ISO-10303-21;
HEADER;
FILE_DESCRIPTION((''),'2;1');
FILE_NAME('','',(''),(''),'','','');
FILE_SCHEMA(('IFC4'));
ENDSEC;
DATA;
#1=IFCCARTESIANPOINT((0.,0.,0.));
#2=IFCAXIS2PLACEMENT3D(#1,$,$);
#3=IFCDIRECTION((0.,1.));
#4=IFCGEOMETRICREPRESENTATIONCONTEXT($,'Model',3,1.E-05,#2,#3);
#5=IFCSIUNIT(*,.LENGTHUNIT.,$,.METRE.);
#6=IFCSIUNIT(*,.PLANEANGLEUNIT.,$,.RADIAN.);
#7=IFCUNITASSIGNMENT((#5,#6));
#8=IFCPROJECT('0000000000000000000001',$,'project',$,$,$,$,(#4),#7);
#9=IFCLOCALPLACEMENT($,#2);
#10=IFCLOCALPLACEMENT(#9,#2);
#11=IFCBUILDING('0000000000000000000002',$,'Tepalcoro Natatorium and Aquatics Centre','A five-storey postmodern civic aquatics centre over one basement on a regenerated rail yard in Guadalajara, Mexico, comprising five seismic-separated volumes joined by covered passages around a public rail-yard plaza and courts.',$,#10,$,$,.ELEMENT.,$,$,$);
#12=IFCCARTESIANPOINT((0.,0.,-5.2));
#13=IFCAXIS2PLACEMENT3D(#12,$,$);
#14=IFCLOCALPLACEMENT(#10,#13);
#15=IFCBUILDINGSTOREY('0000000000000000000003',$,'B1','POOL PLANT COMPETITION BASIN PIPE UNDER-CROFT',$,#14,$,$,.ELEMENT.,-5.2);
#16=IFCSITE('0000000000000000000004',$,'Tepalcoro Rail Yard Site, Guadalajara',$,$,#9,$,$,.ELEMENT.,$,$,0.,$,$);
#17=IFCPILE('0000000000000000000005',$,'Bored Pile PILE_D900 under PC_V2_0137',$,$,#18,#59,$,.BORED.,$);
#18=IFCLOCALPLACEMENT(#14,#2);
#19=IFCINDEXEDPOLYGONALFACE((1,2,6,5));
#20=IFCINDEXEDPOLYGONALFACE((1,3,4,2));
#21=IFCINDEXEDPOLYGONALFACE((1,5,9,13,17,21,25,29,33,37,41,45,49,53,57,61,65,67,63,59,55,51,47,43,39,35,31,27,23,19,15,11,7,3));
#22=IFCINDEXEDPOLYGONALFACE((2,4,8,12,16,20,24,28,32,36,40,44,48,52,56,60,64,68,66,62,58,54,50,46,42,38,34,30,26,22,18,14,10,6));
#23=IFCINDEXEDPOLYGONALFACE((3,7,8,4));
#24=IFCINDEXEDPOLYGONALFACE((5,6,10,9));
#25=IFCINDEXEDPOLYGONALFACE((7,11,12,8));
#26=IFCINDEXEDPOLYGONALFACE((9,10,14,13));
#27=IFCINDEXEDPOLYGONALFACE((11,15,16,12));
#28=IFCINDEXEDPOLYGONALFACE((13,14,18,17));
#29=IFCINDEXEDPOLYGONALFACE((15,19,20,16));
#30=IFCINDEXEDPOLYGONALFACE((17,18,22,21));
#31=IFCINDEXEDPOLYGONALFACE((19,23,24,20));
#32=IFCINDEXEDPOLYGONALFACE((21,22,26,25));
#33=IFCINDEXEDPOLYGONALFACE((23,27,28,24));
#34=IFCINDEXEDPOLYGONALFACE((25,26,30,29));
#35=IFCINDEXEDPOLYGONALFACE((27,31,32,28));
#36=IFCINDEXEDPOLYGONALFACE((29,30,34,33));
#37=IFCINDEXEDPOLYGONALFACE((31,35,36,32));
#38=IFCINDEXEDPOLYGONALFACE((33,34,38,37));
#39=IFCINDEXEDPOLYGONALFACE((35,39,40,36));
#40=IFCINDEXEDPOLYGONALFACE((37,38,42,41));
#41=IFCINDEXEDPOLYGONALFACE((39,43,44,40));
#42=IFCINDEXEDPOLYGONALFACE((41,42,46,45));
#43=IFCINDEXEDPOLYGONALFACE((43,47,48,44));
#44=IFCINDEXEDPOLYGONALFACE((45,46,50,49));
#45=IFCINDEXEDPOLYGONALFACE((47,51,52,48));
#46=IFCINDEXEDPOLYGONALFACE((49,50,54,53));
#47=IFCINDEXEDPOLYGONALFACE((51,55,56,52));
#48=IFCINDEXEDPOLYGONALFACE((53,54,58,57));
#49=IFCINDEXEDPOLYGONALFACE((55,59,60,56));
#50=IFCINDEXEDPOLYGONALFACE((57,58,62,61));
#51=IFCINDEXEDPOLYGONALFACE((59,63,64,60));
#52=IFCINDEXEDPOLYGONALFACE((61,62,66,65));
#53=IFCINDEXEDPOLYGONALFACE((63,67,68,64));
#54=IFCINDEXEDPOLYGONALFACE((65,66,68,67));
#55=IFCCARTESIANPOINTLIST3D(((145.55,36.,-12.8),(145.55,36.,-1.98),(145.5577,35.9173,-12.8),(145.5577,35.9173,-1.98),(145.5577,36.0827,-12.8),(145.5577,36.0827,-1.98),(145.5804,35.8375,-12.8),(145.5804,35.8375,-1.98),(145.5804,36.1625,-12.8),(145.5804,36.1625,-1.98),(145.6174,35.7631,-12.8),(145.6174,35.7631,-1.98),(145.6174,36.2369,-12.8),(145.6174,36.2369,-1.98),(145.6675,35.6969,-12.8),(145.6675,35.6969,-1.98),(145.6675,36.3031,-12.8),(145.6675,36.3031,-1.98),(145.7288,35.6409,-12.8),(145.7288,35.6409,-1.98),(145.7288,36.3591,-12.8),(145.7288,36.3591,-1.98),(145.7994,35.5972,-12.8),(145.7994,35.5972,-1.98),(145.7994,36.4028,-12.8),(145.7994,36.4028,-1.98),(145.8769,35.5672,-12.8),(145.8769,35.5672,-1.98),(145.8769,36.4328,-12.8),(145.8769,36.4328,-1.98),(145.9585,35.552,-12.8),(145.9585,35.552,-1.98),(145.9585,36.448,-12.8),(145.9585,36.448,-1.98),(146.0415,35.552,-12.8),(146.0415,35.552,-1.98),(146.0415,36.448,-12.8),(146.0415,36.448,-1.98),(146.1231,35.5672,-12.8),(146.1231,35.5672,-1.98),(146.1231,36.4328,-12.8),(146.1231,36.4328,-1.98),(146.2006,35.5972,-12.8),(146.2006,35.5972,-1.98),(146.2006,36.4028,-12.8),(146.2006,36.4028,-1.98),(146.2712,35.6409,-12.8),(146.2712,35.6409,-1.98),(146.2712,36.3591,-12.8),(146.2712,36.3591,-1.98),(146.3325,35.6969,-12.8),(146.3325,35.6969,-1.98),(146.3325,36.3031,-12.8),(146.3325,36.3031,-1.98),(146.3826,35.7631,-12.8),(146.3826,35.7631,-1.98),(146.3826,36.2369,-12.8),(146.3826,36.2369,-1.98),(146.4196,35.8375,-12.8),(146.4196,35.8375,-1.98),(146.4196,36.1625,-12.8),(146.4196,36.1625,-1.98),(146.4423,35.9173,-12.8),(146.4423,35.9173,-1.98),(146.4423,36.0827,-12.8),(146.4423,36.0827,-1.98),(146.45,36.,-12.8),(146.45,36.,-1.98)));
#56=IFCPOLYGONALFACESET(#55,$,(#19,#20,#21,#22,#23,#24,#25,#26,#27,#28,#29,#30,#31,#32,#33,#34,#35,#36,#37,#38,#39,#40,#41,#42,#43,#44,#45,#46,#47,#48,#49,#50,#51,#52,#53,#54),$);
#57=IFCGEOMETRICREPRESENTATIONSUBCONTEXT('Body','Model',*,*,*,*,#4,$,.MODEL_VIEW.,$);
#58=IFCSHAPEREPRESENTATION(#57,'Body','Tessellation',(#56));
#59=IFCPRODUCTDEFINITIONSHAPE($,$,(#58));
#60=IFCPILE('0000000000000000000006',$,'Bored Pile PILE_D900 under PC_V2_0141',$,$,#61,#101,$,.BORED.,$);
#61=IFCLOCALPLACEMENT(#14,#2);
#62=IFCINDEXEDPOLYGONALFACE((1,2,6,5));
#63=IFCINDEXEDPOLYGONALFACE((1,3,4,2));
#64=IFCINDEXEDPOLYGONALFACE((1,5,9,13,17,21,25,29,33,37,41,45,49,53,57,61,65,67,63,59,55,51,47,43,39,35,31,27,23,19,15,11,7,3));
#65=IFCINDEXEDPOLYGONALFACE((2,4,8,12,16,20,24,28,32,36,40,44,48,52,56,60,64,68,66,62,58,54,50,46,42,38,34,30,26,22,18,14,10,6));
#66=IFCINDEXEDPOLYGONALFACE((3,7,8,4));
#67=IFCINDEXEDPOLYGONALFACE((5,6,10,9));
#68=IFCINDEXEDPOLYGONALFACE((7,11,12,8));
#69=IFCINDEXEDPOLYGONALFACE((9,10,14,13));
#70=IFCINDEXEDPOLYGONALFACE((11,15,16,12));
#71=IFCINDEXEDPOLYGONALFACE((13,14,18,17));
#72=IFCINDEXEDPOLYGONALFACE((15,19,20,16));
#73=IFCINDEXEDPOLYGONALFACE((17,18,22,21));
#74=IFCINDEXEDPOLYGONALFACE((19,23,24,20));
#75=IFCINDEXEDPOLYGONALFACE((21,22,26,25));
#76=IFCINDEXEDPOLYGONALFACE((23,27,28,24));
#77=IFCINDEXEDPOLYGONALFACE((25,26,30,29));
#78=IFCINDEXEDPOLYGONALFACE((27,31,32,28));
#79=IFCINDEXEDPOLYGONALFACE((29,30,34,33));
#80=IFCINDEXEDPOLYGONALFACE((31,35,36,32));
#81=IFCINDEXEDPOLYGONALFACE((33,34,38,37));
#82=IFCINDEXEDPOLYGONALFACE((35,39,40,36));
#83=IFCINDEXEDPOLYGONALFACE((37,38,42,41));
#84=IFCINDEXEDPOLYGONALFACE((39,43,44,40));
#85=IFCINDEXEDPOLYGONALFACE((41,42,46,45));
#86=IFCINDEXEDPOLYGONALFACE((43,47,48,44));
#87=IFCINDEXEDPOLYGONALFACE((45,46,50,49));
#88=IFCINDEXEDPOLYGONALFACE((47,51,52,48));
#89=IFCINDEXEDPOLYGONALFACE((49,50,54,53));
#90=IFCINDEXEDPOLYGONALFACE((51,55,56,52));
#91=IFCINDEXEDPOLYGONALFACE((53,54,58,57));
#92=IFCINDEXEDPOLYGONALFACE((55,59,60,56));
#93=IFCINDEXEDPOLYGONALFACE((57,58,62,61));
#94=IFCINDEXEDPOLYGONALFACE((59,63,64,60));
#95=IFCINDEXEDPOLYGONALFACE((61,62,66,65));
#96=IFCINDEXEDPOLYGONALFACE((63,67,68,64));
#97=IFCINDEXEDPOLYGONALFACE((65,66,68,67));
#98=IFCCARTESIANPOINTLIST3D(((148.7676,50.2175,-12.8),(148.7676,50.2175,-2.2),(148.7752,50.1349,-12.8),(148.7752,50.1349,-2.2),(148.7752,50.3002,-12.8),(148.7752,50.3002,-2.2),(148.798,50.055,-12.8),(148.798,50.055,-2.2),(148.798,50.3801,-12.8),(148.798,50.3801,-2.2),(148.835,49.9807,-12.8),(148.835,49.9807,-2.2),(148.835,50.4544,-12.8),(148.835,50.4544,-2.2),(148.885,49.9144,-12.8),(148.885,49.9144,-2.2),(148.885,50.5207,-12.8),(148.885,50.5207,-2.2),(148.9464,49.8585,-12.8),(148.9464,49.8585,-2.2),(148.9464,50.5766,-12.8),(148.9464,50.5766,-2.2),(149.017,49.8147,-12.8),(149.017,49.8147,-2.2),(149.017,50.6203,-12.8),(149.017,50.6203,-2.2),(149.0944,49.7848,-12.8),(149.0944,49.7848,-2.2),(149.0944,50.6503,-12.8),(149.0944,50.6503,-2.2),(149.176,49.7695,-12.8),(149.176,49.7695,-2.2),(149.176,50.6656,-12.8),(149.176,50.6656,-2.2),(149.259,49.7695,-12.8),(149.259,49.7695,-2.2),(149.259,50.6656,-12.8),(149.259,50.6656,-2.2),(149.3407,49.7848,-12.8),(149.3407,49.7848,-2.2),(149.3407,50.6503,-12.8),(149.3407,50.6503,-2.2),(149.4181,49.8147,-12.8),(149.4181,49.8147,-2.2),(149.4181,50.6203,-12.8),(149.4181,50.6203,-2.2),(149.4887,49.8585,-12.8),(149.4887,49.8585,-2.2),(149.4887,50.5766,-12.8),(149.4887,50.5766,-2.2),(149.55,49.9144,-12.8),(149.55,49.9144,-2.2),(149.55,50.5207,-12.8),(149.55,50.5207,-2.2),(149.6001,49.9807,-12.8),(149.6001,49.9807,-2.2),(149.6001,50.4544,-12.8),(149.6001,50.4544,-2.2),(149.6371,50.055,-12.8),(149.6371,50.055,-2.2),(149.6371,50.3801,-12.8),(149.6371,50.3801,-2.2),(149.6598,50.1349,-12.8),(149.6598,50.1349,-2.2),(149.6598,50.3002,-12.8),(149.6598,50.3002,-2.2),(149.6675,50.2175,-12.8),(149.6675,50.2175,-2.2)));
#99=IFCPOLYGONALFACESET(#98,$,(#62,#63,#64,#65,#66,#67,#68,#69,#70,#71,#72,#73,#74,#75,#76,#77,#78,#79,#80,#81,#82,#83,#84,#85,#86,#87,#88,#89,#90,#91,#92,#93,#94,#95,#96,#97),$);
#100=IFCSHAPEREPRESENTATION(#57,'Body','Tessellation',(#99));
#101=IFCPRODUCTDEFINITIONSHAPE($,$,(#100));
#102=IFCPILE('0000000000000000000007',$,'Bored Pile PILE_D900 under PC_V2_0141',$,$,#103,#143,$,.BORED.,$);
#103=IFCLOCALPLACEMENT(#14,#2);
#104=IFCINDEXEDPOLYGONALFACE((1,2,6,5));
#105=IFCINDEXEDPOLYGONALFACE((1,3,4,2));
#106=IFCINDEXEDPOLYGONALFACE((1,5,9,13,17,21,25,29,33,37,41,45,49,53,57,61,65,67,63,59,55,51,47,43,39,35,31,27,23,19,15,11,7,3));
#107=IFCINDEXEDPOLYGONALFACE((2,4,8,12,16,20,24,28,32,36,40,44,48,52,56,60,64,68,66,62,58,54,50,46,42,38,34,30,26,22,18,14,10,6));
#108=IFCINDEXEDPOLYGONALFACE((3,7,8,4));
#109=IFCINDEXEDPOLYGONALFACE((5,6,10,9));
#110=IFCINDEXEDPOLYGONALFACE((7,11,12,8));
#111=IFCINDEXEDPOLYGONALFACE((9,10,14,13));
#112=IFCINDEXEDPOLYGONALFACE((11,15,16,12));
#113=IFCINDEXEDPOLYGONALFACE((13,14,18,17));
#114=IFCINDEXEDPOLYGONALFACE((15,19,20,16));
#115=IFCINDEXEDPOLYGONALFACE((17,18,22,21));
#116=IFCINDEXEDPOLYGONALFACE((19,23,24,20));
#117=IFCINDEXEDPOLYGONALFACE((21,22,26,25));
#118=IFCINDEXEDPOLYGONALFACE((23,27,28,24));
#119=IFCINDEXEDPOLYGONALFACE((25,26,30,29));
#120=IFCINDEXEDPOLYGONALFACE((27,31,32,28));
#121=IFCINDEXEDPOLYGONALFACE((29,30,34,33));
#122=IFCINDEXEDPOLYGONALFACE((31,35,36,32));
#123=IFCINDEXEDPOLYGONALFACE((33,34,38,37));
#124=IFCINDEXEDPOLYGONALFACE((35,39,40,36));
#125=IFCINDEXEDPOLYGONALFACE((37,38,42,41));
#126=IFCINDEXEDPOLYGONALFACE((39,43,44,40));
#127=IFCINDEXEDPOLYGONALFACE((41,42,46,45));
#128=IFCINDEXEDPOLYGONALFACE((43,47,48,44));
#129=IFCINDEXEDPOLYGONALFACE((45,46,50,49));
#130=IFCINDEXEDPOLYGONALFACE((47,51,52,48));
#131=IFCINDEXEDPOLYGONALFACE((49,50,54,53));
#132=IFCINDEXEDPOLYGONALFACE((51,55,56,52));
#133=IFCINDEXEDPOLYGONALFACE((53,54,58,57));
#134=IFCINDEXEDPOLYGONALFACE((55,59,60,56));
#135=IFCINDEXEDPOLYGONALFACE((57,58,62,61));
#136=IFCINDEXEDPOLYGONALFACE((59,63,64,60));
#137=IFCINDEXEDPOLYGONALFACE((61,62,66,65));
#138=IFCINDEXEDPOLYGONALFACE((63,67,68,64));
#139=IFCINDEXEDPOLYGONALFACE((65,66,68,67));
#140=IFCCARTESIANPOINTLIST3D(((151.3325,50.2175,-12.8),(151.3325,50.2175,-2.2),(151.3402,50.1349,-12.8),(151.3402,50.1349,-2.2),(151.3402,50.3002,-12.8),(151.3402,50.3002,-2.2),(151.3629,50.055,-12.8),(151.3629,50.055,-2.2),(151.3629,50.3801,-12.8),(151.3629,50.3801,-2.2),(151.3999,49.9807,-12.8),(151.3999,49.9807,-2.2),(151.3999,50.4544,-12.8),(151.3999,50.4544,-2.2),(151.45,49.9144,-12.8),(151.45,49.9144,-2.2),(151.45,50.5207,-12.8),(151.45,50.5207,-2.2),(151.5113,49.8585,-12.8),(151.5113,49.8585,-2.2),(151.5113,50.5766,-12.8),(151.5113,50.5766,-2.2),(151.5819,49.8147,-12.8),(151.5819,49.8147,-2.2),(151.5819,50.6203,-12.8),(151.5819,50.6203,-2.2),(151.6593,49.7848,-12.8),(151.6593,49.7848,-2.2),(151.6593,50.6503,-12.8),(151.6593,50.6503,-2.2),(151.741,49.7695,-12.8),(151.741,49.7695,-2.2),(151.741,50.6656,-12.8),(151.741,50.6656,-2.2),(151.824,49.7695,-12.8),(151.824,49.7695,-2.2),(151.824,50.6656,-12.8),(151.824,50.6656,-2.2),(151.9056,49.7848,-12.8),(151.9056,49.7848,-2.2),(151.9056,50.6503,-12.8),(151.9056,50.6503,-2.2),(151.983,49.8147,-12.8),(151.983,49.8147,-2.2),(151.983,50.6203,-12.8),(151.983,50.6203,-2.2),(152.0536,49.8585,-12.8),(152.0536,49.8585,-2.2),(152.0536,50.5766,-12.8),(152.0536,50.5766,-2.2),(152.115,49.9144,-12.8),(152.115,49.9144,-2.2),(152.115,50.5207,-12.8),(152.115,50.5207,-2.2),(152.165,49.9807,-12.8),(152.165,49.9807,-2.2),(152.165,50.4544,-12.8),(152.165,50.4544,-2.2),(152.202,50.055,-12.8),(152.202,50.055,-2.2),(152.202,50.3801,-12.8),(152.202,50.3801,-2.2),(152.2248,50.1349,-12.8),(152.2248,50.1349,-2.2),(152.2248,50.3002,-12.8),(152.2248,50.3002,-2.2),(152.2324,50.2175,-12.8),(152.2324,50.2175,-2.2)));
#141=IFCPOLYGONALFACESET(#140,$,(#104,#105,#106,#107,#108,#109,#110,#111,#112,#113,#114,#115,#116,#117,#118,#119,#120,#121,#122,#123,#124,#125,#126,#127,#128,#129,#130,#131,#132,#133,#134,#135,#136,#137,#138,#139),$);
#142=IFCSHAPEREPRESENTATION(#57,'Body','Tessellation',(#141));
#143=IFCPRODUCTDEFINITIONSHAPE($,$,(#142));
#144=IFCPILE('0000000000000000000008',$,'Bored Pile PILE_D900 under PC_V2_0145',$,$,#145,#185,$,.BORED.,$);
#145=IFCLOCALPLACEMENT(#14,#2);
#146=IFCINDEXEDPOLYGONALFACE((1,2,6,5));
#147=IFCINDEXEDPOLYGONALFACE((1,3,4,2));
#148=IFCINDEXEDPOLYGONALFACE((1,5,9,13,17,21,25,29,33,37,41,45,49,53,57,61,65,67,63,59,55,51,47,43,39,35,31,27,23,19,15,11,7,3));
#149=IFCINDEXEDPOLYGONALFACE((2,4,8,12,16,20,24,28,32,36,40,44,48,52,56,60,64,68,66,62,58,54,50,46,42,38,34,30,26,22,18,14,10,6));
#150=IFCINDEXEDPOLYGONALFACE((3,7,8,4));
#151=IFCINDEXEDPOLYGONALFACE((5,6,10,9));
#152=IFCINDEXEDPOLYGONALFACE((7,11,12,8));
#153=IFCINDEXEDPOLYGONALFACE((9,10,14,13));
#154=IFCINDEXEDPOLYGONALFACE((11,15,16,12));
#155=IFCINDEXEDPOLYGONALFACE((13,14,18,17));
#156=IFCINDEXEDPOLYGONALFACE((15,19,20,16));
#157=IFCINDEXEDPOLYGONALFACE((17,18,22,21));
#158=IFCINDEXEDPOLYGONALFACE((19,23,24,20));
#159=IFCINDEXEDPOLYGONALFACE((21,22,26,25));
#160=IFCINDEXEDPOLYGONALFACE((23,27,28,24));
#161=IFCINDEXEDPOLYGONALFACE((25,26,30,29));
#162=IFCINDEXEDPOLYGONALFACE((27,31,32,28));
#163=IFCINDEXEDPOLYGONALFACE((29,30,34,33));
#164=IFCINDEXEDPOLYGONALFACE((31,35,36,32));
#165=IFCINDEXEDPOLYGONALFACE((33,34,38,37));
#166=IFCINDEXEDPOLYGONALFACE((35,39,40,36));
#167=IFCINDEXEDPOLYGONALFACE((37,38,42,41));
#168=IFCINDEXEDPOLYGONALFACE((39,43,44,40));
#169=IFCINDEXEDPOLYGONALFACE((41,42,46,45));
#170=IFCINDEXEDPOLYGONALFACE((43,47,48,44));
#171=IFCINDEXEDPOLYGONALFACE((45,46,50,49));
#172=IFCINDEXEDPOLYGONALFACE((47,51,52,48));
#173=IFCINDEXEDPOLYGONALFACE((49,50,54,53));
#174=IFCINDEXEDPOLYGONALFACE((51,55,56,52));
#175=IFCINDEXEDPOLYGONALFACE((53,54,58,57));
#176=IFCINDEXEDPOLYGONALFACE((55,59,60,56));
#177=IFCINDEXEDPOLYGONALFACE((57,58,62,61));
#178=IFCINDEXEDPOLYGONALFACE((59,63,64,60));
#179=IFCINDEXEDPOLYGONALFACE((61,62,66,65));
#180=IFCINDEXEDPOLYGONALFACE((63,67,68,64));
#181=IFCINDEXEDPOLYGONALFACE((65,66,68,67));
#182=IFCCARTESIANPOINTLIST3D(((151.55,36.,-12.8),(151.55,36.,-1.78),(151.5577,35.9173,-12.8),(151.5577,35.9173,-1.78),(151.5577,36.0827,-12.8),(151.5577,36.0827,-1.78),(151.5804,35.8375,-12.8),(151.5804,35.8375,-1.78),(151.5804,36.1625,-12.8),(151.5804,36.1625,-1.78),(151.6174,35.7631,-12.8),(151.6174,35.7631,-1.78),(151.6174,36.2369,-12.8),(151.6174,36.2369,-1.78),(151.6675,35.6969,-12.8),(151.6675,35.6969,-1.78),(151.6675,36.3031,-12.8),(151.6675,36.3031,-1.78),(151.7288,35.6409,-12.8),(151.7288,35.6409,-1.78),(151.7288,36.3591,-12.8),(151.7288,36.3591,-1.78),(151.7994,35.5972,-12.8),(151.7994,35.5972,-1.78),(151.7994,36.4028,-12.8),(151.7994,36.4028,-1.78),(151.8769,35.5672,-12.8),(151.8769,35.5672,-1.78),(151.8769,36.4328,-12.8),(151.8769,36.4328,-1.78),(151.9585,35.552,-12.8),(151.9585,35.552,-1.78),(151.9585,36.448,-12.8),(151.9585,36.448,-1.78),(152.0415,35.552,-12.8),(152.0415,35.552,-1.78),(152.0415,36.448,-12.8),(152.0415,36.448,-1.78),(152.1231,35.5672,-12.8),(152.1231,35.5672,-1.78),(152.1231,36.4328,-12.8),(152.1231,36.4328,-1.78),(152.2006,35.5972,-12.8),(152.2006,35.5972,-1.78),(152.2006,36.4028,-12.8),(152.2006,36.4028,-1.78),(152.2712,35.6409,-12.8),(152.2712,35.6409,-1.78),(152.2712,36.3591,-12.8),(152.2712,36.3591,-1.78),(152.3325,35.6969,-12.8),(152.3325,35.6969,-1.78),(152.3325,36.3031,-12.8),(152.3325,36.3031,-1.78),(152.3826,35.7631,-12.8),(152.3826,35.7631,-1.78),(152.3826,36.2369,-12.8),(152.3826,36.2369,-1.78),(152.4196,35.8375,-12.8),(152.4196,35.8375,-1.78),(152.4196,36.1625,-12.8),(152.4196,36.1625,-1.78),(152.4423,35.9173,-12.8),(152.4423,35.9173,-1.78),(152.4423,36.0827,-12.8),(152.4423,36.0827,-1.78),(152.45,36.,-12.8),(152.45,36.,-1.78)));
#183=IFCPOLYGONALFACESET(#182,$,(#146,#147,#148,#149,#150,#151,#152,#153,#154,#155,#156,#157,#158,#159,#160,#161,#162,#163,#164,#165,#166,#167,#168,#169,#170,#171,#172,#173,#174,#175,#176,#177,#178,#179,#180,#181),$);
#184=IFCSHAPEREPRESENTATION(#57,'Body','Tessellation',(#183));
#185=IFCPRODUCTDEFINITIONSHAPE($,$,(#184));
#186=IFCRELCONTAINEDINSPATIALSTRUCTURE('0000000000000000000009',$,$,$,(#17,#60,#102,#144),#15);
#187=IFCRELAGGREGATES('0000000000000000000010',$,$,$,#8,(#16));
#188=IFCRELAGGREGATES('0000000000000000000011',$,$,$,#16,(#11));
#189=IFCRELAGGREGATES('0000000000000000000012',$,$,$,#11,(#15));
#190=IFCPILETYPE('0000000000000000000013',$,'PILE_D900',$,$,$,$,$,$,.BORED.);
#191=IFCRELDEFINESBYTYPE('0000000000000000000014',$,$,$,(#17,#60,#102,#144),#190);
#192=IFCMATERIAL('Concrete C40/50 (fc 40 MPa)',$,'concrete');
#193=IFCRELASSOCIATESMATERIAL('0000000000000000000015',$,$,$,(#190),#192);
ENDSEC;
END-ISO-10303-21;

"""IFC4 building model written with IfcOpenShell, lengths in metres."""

from ifc_helpers import new_model, si_unit, direction, frame, origin, origin_2d, place, context, subcontext, project, spatial, circle, extrude, material, material_profile, profile_set, type_object, element, save


model = new_model("IFC4")

# Units and contexts
model_context = context("Model", 3, precision=1e-05, world=origin(), true_north=direction((0.0, 1.0)))
body_context = subcontext(model_context, "Body", "Model", "MODEL_VIEW")
ifc_project = project(units=[si_unit("LENGTHUNIT", "METRE"), si_unit("PLANEANGLEUNIT", "RADIAN")], contexts=[model_context])

# Site, building, storey
site_placement = place(None, origin())
site = spatial("IfcSite", under=ifc_project, at=site_placement, Name="Tepalcoro Rail Yard Site, Guadalajara", CompositionType="ELEMENT", RefElevation=0.0)
building_placement = place(site_placement, origin())
building = spatial("IfcBuilding", under=site, at=building_placement, Name="Tepalcoro Natatorium and Aquatics Centre", Description="A five-storey postmodern civic aquatics centre over one basement on a regenerated rail yard in Guadalajara, Mexico, comprising five seismic-separated volumes joined by covered passages around a public rail-yard plaza and courts.", CompositionType="ELEMENT")
storey_placement = place(building_placement, frame((0.0, 0.0, -5.2)))
storey = spatial("IfcBuildingStorey", under=building, at=storey_placement, Name="B1", Description="POOL PLANT COMPETITION BASIN PIPE UNDER-CROFT", CompositionType="ELEMENT", Elevation=-5.2)

# Piles
ifc_material_1 = material(Name="Concrete C40/50 (fc 40 MPa)", Category="concrete")
ifc_material_profile_1 = material_profile(ifc_material_1, circle(Radius=0.45, at=origin_2d()), Name="PILE_D900")
ifc_profile_set_1 = profile_set([ifc_material_profile_1], Name="Concrete C40/50 (fc 40 MPa)")
pile_type_1 = type_object("IfcPileType", Name="PILE_D900", PredefinedType="BORED", material=ifc_profile_set_1)
pile_1_placement = place(storey_placement, frame((146.0, 36.0, -1.98), z_axis=(0.0, 0.0, -1.0), x_axis=(1.0, 0.0, 0.0)))
element("IfcPile", 1, at=pile_1_placement, inside=storey, type_object=pile_type_1, Name="Bored Pile PILE_D900 under PC_V2_0137", PredefinedType="BORED", context=body_context, shape_type="SweptSolid", body=[
    extrude(circle(Radius=0.45, at=origin_2d()), origin(), (0.0, 0.0, 1.0), 10.8201),
])
for number, where, z_axis, x_axis, name in (
    (2, (149.2175, 50.2175, -2.2), (0.0, 0.0, -1.0), (1.0, 0.0, 0.0), "Bored Pile PILE_D900 under PC_V2_0141"),
    (3, (151.7825, 50.2175, -2.2), (0.0, 0.0, -1.0), (1.0, 0.0, 0.0), "Bored Pile PILE_D900 under PC_V2_0141"),
):
    element("IfcPile", number, at=place(storey_placement, frame(where, z_axis=z_axis, x_axis=x_axis)), inside=storey, type_object=pile_type_1, Name=name, PredefinedType="BORED", context=body_context, shape_type="SweptSolid", body=[
        extrude(circle(Radius=0.45, at=origin_2d()), origin(), (0.0, 0.0, 1.0), 10.6001),
    ])
pile_2_placement = place(storey_placement, frame((152.0, 36.0, -1.78), z_axis=(0.0, 0.0, -1.0), x_axis=(1.0, 0.0, 0.0)))
element("IfcPile", 4, at=pile_2_placement, inside=storey, type_object=pile_type_1, Name="Bored Pile PILE_D900 under PC_V2_0145", PredefinedType="BORED", context=body_context, shape_type="SweptSolid", body=[
    extrude(circle(Radius=0.45, at=origin_2d()), origin(), (0.0, 0.0, 1.0), 11.02),
])

save(model, "model.ifc")
